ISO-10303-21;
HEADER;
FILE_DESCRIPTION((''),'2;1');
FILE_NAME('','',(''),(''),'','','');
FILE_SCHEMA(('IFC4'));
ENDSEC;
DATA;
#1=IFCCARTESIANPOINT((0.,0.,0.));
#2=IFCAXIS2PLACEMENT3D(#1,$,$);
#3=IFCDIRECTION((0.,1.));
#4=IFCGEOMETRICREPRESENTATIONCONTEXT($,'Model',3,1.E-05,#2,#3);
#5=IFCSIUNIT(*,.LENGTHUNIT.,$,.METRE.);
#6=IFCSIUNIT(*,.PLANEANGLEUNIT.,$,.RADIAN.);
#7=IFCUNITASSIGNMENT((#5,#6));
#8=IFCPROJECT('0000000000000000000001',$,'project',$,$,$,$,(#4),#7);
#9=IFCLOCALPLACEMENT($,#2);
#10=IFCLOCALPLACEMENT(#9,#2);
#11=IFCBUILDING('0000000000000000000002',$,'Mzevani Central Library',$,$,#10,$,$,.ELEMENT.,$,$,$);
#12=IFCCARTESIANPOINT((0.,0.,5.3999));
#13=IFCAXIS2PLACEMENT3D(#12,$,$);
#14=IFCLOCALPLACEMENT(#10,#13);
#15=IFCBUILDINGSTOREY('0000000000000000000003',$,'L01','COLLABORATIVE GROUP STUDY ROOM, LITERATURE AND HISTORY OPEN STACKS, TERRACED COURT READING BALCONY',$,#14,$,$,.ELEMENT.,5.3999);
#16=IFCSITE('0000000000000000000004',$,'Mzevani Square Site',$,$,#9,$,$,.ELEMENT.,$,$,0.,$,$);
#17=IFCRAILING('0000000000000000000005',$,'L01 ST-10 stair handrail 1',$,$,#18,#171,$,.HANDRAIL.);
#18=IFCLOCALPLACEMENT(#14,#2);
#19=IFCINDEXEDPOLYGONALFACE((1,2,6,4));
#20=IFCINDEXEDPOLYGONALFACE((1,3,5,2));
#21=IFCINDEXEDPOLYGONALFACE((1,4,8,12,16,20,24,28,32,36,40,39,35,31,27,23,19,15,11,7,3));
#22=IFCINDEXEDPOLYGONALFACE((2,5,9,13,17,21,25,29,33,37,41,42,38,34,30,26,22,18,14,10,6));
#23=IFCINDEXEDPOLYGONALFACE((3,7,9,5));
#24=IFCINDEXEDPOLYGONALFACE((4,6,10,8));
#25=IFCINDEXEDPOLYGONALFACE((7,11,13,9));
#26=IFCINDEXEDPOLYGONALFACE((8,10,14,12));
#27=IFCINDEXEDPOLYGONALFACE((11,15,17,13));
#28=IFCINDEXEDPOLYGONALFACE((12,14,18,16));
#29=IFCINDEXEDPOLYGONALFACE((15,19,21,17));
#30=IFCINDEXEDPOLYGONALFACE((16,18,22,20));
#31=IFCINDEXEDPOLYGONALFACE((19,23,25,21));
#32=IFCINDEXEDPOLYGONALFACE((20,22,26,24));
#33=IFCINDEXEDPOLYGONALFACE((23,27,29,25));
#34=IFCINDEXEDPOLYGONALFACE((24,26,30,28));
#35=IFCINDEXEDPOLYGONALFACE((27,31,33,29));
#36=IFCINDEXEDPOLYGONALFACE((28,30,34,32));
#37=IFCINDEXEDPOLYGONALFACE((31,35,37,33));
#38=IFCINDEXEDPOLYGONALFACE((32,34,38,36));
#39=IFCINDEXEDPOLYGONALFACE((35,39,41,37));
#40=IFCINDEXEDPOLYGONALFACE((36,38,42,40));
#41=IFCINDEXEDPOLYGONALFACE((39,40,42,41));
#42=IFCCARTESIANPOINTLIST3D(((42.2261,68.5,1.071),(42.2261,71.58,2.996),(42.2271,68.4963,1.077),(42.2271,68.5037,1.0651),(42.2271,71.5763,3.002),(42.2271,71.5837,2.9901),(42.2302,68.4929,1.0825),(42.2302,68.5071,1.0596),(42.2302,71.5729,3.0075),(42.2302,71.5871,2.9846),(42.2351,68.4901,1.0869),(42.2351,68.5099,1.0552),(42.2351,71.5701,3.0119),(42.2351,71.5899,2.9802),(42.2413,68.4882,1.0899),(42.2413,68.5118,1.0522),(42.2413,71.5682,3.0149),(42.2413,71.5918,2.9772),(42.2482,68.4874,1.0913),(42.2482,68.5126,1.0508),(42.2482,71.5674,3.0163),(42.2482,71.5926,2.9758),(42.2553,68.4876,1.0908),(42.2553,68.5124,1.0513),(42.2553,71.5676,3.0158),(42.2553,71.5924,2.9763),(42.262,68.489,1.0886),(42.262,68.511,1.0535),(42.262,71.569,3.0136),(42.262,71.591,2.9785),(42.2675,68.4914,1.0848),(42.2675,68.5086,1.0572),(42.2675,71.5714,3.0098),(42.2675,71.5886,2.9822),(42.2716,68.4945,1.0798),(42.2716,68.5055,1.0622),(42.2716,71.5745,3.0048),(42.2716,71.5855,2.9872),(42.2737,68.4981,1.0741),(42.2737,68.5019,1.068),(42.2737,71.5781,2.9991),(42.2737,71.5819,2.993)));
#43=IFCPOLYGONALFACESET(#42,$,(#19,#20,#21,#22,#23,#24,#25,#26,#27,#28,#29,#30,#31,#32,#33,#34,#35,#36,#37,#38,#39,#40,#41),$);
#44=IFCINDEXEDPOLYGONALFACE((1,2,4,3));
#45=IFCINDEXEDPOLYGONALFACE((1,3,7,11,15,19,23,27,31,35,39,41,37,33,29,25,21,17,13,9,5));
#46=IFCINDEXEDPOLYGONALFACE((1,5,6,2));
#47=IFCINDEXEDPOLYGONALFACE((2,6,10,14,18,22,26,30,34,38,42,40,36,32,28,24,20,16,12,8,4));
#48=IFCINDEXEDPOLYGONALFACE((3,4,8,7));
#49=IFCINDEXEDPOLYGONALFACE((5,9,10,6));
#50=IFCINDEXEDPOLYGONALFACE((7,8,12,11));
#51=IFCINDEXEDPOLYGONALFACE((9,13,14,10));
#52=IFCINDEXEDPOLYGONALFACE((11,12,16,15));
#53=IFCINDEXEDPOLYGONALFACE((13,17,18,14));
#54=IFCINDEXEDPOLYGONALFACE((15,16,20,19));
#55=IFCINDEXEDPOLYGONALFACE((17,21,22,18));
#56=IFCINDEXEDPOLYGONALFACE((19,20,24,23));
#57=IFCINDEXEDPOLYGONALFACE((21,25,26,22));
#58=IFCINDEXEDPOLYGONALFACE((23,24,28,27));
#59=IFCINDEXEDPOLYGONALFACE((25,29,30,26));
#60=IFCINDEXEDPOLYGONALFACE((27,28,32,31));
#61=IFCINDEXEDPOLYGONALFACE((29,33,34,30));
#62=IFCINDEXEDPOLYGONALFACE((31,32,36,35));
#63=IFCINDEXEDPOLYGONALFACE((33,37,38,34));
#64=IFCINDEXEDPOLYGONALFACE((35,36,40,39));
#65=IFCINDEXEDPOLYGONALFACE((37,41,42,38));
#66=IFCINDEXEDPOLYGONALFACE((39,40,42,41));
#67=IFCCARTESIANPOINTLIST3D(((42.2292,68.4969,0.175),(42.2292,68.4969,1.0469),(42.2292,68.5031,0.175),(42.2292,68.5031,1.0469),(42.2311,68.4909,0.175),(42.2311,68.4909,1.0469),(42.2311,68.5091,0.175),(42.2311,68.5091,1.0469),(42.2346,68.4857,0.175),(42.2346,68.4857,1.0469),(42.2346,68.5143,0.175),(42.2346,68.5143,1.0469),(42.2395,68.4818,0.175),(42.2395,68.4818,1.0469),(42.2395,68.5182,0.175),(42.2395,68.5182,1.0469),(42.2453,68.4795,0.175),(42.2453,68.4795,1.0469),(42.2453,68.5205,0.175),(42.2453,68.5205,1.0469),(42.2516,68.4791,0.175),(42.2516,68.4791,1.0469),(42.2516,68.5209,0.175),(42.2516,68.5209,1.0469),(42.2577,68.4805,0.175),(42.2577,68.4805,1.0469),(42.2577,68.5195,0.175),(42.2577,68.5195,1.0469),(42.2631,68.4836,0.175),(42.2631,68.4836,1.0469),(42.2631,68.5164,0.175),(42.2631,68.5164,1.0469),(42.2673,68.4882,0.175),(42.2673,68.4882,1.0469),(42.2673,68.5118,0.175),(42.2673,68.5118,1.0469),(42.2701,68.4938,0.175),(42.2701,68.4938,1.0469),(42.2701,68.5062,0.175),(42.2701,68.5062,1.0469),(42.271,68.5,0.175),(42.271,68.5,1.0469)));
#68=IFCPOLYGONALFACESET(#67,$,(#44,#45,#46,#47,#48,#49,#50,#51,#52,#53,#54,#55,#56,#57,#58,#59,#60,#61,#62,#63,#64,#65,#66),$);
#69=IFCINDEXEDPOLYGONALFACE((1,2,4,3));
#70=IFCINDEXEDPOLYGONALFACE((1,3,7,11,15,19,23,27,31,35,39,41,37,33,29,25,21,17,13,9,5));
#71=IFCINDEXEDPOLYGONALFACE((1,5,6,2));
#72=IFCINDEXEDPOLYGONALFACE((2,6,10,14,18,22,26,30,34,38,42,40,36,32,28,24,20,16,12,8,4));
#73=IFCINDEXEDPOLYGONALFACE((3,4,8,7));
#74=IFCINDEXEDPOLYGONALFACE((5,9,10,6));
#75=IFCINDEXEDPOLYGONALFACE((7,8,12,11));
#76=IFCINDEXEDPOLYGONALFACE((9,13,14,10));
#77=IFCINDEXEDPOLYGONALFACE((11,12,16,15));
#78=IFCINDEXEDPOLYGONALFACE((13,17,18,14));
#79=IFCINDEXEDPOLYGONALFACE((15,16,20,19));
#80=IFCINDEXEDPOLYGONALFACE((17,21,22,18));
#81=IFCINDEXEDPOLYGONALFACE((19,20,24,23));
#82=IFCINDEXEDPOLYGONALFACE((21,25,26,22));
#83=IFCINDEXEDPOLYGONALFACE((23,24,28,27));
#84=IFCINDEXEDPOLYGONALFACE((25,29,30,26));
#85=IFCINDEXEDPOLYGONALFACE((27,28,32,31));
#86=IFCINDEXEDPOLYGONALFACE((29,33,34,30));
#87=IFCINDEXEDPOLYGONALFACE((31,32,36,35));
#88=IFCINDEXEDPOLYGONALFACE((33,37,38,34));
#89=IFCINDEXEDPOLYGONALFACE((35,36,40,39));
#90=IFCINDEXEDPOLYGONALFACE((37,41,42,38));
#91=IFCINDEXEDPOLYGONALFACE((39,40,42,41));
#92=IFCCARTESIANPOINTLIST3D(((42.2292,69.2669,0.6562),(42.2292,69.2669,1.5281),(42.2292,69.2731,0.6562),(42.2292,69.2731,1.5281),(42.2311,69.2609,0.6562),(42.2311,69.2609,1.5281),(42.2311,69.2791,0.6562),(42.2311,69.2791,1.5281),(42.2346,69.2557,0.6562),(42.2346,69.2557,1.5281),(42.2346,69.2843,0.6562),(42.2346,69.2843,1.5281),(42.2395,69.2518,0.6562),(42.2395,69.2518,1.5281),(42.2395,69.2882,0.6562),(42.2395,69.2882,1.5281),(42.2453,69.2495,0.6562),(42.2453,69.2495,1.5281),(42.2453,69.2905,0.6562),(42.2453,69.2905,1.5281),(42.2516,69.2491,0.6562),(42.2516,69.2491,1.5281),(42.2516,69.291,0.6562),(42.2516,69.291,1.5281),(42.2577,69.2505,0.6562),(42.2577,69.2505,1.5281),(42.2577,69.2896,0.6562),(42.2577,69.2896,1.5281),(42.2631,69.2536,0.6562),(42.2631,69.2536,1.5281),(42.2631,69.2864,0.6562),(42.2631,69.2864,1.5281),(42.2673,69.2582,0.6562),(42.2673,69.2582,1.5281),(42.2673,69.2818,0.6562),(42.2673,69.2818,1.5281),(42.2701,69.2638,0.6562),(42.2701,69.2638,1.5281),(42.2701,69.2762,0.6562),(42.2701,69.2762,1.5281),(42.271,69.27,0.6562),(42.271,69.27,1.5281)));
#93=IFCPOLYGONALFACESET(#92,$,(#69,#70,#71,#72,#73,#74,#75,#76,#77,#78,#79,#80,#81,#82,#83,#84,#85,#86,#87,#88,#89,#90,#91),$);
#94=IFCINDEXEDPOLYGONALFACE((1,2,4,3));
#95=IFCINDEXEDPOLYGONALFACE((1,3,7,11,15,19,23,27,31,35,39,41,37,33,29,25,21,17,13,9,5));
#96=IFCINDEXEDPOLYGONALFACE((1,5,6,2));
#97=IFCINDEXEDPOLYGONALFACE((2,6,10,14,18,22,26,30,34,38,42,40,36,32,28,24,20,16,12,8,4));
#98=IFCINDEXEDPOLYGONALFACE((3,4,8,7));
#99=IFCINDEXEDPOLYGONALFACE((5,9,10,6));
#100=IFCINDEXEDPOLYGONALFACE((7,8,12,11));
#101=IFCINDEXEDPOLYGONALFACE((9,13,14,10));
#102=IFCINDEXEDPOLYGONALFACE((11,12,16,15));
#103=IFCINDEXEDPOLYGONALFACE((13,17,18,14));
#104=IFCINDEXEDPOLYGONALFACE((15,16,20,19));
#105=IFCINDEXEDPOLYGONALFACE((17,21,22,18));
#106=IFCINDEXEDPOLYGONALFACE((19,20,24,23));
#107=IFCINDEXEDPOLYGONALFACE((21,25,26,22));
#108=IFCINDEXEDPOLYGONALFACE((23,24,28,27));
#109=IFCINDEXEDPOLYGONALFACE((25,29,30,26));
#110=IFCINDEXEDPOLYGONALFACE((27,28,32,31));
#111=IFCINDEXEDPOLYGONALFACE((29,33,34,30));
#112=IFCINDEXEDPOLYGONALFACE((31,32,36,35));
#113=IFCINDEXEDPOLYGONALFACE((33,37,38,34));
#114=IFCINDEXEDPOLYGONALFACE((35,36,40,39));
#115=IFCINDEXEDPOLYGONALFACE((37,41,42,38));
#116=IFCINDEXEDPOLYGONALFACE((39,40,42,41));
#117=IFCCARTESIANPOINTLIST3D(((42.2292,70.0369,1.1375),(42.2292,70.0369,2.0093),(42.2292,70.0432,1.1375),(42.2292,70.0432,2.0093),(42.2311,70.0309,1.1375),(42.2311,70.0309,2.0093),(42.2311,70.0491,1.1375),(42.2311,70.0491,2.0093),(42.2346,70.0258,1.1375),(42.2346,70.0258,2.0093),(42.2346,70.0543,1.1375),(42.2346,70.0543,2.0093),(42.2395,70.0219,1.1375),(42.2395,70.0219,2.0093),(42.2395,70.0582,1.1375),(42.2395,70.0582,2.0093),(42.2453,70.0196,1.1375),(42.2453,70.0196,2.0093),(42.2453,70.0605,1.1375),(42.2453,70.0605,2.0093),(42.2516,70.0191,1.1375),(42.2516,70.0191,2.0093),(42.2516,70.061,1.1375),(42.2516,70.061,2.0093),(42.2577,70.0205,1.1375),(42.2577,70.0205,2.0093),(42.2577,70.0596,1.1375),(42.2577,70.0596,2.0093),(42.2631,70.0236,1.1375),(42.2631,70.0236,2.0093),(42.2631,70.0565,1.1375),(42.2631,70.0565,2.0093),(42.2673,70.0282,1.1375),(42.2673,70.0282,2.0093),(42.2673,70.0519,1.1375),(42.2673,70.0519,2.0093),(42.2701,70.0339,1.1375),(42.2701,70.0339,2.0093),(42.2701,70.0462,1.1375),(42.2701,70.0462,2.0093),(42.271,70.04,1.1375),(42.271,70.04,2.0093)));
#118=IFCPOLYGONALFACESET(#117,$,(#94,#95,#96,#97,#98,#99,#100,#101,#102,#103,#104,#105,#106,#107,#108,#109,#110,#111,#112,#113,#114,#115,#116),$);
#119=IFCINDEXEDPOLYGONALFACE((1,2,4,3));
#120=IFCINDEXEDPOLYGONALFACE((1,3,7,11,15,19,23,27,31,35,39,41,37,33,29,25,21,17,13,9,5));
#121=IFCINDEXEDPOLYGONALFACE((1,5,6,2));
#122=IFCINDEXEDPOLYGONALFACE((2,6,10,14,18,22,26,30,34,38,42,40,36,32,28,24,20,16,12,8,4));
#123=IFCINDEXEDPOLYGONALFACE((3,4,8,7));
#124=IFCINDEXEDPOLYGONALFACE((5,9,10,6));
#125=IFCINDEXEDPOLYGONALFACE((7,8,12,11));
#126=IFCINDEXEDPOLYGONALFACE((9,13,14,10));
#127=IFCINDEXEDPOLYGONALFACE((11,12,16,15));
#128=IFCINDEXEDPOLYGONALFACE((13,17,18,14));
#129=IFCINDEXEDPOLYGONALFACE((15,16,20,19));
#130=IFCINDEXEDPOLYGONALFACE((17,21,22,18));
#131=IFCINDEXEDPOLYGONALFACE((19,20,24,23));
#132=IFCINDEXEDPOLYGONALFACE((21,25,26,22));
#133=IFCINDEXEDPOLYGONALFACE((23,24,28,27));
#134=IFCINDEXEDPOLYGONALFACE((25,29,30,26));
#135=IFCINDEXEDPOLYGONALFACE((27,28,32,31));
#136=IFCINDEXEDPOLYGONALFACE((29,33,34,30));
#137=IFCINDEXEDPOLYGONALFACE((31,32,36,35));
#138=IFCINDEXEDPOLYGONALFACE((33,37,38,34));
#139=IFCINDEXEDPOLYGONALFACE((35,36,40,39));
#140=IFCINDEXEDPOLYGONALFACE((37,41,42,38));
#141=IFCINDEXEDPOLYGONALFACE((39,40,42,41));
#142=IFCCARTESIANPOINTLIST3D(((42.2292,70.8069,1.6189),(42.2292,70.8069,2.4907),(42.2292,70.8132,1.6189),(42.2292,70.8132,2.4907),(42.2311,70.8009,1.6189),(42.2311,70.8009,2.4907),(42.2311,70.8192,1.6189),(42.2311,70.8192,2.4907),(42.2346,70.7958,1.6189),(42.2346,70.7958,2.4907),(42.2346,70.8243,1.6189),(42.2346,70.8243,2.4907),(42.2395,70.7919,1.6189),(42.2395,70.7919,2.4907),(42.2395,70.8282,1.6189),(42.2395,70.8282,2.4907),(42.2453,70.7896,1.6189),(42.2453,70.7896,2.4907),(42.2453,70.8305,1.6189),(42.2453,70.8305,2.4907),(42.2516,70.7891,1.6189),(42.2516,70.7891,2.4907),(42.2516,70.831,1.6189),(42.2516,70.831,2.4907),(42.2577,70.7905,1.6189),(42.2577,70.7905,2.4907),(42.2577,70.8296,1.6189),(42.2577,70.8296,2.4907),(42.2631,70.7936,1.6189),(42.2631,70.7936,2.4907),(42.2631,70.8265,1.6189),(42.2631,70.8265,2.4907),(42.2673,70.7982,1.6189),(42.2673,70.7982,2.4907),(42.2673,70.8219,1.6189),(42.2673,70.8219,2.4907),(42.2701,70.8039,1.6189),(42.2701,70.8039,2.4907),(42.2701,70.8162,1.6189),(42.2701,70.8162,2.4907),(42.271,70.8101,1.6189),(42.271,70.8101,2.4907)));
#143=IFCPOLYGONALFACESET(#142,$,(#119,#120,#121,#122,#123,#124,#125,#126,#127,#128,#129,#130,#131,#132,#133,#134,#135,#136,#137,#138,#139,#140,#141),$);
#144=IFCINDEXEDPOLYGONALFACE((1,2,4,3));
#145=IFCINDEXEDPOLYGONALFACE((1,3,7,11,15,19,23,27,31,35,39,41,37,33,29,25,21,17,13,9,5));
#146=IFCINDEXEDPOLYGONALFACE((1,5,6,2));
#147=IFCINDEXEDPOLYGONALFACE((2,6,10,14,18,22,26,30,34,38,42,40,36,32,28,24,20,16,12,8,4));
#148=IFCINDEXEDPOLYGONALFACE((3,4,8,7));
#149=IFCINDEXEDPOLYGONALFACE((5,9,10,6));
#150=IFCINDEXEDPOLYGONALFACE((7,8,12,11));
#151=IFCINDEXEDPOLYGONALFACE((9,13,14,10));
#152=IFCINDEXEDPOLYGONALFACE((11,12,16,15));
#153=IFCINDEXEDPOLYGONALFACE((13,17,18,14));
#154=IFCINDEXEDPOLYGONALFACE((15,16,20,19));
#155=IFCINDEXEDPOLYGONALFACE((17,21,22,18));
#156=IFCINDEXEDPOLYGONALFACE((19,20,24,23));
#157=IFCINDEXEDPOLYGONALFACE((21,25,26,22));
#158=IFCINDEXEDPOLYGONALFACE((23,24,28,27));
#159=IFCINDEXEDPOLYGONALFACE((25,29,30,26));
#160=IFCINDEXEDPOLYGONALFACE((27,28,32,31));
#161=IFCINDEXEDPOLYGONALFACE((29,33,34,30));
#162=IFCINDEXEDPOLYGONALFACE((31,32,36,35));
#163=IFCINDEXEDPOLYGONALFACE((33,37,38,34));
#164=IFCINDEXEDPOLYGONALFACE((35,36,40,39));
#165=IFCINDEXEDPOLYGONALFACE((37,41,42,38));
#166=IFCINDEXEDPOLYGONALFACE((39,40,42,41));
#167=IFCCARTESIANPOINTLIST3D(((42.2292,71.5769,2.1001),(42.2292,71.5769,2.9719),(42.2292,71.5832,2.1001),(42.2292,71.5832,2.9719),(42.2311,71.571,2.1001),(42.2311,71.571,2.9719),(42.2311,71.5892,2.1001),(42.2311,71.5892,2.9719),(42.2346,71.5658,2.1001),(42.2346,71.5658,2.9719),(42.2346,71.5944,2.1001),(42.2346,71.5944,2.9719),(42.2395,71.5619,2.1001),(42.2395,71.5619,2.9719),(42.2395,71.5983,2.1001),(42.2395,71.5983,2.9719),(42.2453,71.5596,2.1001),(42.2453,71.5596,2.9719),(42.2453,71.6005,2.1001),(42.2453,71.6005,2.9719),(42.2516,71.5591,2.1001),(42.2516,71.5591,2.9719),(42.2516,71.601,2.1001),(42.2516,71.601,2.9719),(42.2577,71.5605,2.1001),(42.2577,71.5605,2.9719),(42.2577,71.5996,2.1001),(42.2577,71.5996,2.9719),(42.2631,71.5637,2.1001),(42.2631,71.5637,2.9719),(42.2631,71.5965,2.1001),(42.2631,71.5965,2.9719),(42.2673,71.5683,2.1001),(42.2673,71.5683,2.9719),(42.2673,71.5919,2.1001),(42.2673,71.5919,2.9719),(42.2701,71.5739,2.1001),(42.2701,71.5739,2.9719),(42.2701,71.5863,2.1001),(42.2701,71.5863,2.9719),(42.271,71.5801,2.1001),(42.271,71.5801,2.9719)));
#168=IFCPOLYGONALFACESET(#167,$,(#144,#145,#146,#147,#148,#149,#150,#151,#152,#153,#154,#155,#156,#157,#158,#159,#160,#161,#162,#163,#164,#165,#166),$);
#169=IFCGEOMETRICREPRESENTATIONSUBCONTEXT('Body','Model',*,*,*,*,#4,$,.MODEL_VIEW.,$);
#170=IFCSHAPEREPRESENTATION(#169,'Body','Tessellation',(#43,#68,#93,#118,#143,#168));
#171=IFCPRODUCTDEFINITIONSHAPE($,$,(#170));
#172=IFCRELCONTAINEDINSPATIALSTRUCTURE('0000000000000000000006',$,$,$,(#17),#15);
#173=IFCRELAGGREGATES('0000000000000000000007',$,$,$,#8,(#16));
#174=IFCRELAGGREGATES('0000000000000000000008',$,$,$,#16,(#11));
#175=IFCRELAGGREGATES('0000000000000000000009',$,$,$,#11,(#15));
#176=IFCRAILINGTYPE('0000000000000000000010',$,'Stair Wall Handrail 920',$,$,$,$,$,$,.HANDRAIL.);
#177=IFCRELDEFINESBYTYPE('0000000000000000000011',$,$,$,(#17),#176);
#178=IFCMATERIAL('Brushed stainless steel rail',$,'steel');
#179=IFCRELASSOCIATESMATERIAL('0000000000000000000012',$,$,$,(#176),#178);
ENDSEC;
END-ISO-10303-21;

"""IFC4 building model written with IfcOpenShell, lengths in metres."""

from ifc_helpers import new_model, si_unit, direction, frame, origin, origin_2d, place, context, subcontext, project, spatial, circle, extrude, material, type_object, element, save


model = new_model("IFC4")

# Units and contexts
model_context = context("Model", 3, precision=1e-05, world=origin(), true_north=direction((0.0, 1.0)))
body_context = subcontext(model_context, "Body", "Model", "MODEL_VIEW")
ifc_project = project(units=[si_unit("LENGTHUNIT", "METRE"), si_unit("PLANEANGLEUNIT", "RADIAN")], contexts=[model_context])

# Site, building, storey
site_placement = place(None, origin())
site = spatial("IfcSite", under=ifc_project, at=site_placement, Name="Mzevani Square Site", CompositionType="ELEMENT", RefElevation=0.0)
building_placement = place(site_placement, origin())
building = spatial("IfcBuilding", under=site, at=building_placement, Name="Mzevani Central Library", CompositionType="ELEMENT")
storey_placement = place(building_placement, frame((0.0, 0.0, 5.3999)))
storey = spatial("IfcBuildingStorey", under=building, at=storey_placement, Name="L01", Description="COLLABORATIVE GROUP STUDY ROOM, LITERATURE AND HISTORY OPEN STACKS, TERRACED COURT READING BALCONY", CompositionType="ELEMENT", Elevation=5.3999)

# Railing
ifc_material_1 = material(Name="Brushed stainless steel rail", Category="steel")
railing_type_1 = type_object("IfcRailingType", Name="Stair Wall Handrail 920", PredefinedType="HANDRAIL", material=ifc_material_1)
railing_1_placement = place(storey_placement, frame((42.25, 68.5, 0.175)))
element("IfcRailing", 1, at=railing_1_placement, inside=storey, type_object=railing_type_1, Name="L01 ST-10 stair handrail 1", PredefinedType="HANDRAIL", context=body_context, shape_type="SweptSolid", body=[
    extrude(circle(Radius=0.0239, at=origin_2d()), frame((0.0, 0.0, 0.896), z_axis=(0.0, 0.847998, 0.529999), x_axis=(-1.0, 0.0, 0.0)), (0.0, 0.0, 1.0), 3.6321),
    extrude(circle(Radius=0.021, at=origin_2d()), origin(), (0.0, 0.0, 1.0), 0.8718),
    extrude(circle(Radius=0.021, at=origin_2d()), frame((0.0, 0.77, 0.4812)), (0.0, 0.0, 1.0), 0.8718),
    extrude(circle(Radius=0.021, at=origin_2d()), frame((0.0, 1.54, 0.9624)), (0.0, 0.0, 1.0), 0.8718),
    extrude(circle(Radius=0.021, at=origin_2d()), frame((0.0, 2.3101, 1.4438)), (0.0, 0.0, 1.0), 0.8718),
    extrude(circle(Radius=0.021, at=origin_2d()), frame((0.0, 3.0801, 1.925)), (0.0, 0.0, 1.0), 0.8718),
])

save(model, "model.ifc")
